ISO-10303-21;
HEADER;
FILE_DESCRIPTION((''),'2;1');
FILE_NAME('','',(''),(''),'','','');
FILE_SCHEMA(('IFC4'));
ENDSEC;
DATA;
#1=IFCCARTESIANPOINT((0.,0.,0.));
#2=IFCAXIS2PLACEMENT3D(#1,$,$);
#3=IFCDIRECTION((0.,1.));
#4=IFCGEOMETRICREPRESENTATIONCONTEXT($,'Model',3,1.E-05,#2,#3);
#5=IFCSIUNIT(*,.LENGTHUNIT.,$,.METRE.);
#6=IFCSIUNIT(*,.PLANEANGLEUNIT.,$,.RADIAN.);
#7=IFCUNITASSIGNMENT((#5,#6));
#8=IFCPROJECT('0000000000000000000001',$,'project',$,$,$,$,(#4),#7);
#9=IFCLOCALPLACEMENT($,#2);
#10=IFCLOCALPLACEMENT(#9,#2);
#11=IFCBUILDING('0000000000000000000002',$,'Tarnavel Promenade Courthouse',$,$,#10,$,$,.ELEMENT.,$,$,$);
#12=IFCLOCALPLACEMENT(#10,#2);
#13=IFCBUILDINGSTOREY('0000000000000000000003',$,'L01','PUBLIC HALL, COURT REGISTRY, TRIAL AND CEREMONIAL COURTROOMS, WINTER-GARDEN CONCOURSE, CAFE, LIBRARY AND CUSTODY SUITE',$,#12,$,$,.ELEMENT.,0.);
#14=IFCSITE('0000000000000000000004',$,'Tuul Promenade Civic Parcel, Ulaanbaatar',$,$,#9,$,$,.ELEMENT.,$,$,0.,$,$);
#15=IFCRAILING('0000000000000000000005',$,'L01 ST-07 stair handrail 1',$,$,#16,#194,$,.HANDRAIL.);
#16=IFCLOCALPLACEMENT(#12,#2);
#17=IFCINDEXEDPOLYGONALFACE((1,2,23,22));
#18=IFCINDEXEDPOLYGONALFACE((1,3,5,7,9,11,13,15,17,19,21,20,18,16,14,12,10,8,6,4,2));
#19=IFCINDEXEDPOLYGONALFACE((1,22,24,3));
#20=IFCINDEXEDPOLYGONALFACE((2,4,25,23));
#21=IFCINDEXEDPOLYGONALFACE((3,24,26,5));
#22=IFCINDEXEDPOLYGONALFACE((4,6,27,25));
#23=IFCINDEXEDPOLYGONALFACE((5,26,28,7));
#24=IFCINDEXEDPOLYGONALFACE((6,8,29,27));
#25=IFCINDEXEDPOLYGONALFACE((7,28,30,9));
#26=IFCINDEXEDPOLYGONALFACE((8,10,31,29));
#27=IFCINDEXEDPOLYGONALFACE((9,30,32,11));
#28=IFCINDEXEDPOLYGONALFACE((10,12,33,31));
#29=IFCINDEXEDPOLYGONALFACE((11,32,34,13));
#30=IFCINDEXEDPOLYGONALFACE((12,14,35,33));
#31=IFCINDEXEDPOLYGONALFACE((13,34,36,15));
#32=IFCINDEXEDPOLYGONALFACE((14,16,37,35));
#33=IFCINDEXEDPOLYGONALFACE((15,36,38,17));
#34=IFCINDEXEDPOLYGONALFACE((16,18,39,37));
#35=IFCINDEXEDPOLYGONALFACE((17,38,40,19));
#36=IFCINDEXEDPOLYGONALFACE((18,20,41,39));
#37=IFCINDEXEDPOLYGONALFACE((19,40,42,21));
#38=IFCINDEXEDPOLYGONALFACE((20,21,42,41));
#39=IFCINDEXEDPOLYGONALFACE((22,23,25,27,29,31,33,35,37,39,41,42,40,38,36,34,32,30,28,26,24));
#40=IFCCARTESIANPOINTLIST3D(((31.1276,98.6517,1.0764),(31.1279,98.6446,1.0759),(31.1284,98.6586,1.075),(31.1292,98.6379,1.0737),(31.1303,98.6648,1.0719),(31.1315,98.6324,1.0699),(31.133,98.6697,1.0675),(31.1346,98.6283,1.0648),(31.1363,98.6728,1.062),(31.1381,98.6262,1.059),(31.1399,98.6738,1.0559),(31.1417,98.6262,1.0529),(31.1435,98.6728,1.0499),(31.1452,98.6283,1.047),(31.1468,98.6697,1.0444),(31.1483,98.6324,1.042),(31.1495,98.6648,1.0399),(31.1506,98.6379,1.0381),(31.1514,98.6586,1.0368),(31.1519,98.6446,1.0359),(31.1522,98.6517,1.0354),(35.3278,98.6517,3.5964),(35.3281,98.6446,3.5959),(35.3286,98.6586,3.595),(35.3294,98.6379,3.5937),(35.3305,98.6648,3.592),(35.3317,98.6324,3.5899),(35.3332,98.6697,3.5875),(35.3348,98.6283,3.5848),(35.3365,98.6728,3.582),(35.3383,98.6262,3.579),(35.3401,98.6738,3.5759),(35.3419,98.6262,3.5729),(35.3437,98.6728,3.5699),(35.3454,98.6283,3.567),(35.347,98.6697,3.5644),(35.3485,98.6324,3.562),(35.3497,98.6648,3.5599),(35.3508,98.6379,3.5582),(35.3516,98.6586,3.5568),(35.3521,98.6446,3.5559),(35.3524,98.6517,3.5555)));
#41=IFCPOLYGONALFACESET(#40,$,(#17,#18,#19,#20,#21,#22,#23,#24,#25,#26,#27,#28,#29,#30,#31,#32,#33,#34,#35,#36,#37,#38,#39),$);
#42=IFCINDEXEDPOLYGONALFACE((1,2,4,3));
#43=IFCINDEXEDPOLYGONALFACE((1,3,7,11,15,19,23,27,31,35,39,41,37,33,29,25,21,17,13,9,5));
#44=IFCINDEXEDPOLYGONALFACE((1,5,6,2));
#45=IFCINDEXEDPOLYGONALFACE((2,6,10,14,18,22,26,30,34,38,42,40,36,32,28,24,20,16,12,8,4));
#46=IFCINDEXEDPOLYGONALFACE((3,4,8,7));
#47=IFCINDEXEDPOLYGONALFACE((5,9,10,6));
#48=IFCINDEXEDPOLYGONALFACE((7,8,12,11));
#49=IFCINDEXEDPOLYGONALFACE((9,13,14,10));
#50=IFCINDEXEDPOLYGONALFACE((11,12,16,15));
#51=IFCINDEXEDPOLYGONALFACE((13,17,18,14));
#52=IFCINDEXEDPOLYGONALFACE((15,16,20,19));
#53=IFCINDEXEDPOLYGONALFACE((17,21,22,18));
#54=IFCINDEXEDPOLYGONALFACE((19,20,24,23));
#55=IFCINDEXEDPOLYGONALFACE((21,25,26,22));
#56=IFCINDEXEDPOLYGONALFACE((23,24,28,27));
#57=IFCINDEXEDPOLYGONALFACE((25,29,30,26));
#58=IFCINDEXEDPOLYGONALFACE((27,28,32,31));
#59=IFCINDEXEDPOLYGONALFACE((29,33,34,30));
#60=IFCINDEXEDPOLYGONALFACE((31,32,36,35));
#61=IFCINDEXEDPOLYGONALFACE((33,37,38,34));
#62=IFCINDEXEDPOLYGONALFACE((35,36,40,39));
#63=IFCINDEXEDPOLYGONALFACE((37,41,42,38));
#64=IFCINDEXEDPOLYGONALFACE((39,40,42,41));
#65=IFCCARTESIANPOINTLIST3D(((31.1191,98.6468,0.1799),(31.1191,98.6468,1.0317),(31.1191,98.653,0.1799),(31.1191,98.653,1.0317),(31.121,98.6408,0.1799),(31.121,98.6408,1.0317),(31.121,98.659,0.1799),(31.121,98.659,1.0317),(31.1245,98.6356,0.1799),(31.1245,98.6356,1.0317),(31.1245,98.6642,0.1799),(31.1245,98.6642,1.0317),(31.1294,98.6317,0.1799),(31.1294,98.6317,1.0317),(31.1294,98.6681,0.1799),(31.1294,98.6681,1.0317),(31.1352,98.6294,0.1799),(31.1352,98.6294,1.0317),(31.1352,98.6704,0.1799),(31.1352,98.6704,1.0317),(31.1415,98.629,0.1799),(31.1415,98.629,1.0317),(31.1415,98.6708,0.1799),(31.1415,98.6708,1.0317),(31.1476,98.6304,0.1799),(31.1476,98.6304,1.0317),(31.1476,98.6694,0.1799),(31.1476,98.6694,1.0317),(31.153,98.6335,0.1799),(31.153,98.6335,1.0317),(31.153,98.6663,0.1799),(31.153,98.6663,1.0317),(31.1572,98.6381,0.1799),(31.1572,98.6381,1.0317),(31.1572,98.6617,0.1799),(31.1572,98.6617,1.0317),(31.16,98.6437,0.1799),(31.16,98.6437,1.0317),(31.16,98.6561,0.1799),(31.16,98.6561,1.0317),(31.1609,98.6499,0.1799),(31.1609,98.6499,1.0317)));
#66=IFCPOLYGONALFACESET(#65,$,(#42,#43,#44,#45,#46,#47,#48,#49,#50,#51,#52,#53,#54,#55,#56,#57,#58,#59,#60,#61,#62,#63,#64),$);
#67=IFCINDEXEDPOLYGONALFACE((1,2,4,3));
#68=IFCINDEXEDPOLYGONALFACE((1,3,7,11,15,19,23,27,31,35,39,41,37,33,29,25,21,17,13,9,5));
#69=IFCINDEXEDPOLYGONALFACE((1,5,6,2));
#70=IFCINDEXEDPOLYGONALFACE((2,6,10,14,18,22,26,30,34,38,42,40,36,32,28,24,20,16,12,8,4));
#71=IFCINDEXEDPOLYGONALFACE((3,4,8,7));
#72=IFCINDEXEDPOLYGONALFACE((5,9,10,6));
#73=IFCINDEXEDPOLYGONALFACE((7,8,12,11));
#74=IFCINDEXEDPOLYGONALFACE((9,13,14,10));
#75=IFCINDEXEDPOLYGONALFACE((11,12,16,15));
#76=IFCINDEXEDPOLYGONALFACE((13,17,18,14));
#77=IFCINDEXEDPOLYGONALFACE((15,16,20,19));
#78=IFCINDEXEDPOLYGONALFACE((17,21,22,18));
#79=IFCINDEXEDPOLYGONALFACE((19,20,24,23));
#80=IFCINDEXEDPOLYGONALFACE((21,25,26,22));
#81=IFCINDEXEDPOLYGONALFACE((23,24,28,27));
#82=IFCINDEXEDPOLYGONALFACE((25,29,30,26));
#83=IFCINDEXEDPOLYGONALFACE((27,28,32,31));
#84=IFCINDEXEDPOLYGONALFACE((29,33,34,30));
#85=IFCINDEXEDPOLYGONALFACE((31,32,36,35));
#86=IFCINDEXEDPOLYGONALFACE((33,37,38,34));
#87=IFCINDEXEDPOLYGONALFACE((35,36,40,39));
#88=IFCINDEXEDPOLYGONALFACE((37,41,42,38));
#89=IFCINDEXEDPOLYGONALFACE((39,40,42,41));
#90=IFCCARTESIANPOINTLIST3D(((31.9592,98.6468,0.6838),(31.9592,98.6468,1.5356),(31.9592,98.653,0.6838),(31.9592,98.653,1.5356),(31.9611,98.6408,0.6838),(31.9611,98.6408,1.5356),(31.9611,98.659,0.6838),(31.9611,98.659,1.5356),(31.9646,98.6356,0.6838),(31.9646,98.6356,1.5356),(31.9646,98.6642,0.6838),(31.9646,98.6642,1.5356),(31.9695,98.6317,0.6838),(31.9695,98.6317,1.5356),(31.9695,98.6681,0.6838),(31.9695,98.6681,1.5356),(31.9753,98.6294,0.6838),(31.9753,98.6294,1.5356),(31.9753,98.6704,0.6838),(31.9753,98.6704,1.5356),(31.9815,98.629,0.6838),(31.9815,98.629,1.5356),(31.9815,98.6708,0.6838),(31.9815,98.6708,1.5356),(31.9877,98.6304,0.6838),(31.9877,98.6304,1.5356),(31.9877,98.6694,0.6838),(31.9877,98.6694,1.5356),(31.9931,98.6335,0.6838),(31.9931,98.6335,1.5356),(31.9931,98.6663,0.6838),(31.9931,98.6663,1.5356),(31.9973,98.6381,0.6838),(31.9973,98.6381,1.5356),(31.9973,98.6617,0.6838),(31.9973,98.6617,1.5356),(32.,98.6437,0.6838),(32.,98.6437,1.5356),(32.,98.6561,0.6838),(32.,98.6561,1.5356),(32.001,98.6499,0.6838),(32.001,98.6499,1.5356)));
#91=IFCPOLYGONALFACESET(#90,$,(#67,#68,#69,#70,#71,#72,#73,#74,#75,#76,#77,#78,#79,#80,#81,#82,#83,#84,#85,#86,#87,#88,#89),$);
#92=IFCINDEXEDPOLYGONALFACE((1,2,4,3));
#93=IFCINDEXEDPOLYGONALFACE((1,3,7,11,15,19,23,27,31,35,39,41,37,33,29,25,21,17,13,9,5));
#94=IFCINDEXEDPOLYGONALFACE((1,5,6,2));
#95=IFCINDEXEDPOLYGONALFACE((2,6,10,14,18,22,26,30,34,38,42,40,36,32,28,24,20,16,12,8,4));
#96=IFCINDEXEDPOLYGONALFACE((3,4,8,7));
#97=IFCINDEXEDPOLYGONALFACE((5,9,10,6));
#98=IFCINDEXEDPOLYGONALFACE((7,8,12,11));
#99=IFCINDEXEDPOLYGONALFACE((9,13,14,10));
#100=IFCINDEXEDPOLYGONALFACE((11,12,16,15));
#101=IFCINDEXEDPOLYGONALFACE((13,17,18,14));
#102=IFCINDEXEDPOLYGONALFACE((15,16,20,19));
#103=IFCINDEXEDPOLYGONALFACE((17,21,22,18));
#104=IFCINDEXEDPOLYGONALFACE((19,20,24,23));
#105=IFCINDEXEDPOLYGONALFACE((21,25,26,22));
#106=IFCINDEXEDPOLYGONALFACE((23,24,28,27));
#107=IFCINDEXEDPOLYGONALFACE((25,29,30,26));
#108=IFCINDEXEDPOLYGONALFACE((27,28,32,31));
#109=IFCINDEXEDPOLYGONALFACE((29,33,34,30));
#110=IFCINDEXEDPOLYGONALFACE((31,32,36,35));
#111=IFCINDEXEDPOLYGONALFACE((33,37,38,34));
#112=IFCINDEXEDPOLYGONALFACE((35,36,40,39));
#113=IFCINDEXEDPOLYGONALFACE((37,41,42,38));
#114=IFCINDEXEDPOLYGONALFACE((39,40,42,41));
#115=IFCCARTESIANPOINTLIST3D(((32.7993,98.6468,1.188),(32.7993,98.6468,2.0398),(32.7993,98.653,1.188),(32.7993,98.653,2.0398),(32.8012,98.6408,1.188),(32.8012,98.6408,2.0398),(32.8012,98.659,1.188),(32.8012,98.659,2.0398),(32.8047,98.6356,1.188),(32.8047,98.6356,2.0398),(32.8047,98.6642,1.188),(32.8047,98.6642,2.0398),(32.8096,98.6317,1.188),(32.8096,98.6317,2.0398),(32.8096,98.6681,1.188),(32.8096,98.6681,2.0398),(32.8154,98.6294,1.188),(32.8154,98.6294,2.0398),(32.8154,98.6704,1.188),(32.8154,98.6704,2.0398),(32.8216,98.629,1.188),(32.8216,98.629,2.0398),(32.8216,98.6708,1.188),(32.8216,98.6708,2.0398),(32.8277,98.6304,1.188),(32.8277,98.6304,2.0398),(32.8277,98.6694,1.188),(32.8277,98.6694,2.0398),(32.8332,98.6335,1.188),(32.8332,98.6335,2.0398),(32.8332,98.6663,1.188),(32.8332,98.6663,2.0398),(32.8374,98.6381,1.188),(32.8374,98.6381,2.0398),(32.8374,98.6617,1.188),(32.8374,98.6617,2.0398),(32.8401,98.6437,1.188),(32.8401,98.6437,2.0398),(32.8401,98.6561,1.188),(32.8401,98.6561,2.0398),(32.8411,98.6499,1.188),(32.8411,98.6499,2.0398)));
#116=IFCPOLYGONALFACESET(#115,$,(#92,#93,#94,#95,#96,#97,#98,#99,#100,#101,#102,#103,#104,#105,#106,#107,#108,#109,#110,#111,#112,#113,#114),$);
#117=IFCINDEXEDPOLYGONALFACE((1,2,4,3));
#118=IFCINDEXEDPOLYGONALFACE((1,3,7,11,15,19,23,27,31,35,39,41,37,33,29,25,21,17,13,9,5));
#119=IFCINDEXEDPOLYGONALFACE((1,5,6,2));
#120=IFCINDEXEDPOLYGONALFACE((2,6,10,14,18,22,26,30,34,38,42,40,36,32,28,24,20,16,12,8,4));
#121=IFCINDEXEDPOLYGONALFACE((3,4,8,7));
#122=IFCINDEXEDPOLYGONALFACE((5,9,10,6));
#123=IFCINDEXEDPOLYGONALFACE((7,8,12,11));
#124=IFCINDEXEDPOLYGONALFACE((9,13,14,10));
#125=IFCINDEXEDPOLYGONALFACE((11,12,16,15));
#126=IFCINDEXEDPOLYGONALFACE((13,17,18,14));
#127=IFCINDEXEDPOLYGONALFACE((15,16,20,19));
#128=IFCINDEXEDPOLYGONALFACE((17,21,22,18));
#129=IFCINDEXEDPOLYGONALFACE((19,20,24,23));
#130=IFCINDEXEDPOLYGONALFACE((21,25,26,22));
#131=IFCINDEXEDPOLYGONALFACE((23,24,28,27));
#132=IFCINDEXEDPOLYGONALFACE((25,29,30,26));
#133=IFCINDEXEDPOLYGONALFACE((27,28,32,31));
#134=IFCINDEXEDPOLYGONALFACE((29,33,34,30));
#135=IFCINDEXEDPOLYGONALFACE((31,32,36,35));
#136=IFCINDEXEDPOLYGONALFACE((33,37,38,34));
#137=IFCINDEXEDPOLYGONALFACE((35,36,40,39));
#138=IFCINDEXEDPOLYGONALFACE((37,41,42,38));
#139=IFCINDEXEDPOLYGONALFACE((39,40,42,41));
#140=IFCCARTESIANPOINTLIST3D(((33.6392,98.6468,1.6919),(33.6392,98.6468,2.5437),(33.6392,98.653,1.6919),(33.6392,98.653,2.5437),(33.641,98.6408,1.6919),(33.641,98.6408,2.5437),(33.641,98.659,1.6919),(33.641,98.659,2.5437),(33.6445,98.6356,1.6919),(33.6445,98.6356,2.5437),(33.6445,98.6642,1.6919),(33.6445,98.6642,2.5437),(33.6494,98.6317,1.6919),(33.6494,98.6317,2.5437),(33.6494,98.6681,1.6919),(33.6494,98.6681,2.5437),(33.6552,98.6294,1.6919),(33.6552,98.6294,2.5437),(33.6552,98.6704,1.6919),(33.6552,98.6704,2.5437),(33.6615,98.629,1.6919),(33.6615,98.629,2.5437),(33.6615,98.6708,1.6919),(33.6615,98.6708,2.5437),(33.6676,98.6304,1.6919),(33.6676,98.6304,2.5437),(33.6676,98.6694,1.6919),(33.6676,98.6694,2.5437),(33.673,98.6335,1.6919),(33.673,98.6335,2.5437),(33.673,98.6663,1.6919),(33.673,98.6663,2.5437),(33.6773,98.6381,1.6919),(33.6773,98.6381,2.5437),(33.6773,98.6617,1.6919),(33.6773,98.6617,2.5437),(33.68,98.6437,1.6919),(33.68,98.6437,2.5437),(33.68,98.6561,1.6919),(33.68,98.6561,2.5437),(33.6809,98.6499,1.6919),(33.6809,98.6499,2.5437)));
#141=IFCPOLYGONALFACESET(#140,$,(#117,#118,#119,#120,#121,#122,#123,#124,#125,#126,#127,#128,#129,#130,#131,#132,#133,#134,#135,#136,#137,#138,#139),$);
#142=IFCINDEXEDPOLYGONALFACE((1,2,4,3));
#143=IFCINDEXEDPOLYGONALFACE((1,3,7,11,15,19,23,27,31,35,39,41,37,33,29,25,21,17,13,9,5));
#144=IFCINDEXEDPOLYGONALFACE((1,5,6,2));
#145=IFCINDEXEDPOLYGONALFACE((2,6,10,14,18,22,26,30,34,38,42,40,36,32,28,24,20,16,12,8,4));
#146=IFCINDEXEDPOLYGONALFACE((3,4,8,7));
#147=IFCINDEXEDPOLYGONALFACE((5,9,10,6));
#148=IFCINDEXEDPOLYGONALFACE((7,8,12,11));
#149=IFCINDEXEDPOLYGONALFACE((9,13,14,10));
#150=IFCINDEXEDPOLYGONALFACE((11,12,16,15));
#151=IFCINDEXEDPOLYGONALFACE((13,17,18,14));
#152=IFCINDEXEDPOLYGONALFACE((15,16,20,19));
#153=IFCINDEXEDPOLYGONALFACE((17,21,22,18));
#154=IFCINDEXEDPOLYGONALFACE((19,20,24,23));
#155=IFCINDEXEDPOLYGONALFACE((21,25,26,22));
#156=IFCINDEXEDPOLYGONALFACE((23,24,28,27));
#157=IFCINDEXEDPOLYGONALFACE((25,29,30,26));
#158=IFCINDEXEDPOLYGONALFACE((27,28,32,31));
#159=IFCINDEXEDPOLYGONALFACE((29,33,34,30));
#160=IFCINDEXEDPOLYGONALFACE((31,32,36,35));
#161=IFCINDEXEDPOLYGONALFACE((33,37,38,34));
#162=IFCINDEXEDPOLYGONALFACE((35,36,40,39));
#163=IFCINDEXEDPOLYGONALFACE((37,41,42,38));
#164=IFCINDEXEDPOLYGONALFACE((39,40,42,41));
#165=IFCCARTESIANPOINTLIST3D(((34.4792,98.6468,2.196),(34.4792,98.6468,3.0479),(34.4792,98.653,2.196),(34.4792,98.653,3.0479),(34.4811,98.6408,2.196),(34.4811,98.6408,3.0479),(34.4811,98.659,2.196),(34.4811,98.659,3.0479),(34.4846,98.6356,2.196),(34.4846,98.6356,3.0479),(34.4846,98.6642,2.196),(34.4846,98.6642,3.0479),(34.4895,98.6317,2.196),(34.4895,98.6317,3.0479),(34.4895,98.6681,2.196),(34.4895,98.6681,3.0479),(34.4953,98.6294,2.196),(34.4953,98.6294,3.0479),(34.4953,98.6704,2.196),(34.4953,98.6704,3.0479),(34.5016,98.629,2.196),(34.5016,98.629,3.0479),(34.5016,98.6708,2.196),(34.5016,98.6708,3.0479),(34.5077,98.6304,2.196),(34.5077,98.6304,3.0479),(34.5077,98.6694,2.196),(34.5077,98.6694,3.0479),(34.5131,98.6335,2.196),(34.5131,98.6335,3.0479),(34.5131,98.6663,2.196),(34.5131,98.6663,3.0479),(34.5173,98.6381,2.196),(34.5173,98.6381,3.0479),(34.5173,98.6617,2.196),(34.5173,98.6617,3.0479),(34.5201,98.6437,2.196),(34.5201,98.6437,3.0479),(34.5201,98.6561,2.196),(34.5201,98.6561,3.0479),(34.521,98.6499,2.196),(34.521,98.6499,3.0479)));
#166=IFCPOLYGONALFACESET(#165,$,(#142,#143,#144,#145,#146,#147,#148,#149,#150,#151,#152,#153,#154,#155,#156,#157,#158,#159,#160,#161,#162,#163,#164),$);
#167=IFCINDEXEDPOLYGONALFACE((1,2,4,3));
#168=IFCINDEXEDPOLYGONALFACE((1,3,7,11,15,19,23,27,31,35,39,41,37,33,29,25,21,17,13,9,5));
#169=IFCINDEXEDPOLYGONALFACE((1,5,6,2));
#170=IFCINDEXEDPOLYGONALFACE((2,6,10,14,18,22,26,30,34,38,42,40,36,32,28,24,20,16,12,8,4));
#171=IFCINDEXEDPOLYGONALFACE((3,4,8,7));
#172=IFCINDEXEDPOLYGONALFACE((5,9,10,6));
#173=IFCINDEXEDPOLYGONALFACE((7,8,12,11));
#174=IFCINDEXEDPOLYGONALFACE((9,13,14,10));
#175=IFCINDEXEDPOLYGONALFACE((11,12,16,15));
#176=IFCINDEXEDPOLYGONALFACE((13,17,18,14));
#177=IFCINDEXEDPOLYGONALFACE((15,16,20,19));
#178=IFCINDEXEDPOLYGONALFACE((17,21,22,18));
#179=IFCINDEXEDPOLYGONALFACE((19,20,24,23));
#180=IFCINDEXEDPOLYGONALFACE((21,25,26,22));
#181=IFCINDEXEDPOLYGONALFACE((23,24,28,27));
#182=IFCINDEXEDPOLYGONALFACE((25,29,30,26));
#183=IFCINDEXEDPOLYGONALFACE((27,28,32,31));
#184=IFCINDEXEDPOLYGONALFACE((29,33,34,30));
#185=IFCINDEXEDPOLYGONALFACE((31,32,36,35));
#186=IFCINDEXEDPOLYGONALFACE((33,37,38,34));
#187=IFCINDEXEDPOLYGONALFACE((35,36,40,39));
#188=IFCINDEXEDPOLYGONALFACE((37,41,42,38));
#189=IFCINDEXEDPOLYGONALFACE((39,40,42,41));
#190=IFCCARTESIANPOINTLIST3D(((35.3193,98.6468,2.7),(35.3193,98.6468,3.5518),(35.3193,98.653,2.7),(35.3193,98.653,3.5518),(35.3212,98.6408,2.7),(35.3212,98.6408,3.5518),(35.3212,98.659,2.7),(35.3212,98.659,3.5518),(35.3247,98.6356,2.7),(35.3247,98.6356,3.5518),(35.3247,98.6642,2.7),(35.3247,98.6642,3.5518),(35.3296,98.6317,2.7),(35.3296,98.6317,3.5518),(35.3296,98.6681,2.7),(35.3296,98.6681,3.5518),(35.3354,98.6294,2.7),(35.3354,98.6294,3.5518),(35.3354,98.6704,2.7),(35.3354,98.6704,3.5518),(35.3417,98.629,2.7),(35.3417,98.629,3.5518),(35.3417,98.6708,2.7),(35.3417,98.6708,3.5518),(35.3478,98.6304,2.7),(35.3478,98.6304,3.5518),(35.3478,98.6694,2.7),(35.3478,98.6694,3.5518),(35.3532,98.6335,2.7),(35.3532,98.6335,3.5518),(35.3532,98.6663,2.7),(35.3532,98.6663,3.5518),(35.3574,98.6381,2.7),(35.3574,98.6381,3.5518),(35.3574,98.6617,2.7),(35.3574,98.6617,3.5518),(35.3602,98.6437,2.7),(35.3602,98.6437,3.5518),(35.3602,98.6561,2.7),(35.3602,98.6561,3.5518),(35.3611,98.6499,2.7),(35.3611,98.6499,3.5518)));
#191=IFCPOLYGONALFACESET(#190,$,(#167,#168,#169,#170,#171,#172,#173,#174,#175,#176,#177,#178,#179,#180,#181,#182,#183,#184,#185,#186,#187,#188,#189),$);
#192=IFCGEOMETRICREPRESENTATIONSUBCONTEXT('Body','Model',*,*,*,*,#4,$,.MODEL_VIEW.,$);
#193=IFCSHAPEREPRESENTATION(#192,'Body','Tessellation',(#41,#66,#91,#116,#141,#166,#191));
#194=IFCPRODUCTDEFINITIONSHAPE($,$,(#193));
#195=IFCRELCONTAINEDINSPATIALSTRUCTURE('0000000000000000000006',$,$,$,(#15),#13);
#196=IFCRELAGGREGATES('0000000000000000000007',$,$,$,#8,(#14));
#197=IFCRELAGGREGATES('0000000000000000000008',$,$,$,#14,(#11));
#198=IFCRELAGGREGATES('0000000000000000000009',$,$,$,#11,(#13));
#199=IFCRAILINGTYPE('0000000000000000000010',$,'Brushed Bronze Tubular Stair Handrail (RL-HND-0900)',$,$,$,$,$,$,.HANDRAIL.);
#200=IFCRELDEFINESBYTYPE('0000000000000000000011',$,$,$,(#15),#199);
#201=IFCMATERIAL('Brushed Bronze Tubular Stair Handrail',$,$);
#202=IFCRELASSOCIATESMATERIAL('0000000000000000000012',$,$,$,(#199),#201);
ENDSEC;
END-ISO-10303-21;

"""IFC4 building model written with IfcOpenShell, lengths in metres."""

from ifc_helpers import new_model, si_unit, direction, frame, origin, origin_2d, place, context, subcontext, project, spatial, circle, extrude, material, type_object, element, save


model = new_model("IFC4")

# Units and contexts
model_context = context("Model", 3, precision=1e-05, world=origin(), true_north=direction((0.0, 1.0)))
body_context = subcontext(model_context, "Body", "Model", "MODEL_VIEW")
ifc_project = project(units=[si_unit("LENGTHUNIT", "METRE"), si_unit("PLANEANGLEUNIT", "RADIAN")], contexts=[model_context])

# Site, building, storey
site_placement = place(None, origin())
site = spatial("IfcSite", under=ifc_project, at=site_placement, Name="Tuul Promenade Civic Parcel, Ulaanbaatar", CompositionType="ELEMENT", RefElevation=0.0)
building_placement = place(site_placement, origin())
building = spatial("IfcBuilding", under=site, at=building_placement, Name="Tarnavel Promenade Courthouse", CompositionType="ELEMENT")
storey_placement = place(building_placement, origin())
storey = spatial("IfcBuildingStorey", under=building, at=storey_placement, Name="L01", Description="PUBLIC HALL, COURT REGISTRY, TRIAL AND CEREMONIAL COURTROOMS, WINTER-GARDEN CONCOURSE, CAFE, LIBRARY AND CUSTODY SUITE", CompositionType="ELEMENT", Elevation=0.0)

# Railing
ifc_material_1 = material(Name="Brushed Bronze Tubular Stair Handrail")
railing_type_1 = type_object("IfcRailingType", Name="Brushed Bronze Tubular Stair Handrail (RL-HND-0900)", PredefinedType="HANDRAIL", material=ifc_material_1)
railing_1_placement = place(storey_placement, frame((31.1399, 98.6499, 0.1799)))
element("IfcRailing", 1, at=railing_1_placement, inside=storey, type_object=railing_type_1, Name="L01 ST-07 stair handrail 1", PredefinedType="HANDRAIL", context=body_context, shape_type="SweptSolid", body=[
    extrude(circle(Radius=0.0239, at=origin_2d()), frame((0.0, 0.0, 0.876), z_axis=(0.857502, 0.0, 0.514481), x_axis=(0.0, 1.0, 0.0)), (0.0, 0.0, 1.0), 4.8982),
    extrude(circle(Radius=0.021, at=origin_2d()), origin(), (0.0, 0.0, 1.0), 0.8518),
    extrude(circle(Radius=0.021, at=origin_2d()), frame((0.8401, 0.0, 0.5039)), (0.0, 0.0, 1.0), 0.8518),
    extrude(circle(Radius=0.021, at=origin_2d()), frame((1.6802, 0.0, 1.0081)), (0.0, 0.0, 1.0), 0.8518),
    extrude(circle(Radius=0.021, at=origin_2d()), frame((2.52, 0.0, 1.512)), (0.0, 0.0, 1.0), 0.8518),
    extrude(circle(Radius=0.021, at=origin_2d()), frame((3.3601, 0.0, 2.0161)), (0.0, 0.0, 1.0), 0.8518),
    extrude(circle(Radius=0.021, at=origin_2d()), frame((4.2002, 0.0, 2.52)), (0.0, 0.0, 1.0), 0.8518),
])

save(model, "model.ifc")
